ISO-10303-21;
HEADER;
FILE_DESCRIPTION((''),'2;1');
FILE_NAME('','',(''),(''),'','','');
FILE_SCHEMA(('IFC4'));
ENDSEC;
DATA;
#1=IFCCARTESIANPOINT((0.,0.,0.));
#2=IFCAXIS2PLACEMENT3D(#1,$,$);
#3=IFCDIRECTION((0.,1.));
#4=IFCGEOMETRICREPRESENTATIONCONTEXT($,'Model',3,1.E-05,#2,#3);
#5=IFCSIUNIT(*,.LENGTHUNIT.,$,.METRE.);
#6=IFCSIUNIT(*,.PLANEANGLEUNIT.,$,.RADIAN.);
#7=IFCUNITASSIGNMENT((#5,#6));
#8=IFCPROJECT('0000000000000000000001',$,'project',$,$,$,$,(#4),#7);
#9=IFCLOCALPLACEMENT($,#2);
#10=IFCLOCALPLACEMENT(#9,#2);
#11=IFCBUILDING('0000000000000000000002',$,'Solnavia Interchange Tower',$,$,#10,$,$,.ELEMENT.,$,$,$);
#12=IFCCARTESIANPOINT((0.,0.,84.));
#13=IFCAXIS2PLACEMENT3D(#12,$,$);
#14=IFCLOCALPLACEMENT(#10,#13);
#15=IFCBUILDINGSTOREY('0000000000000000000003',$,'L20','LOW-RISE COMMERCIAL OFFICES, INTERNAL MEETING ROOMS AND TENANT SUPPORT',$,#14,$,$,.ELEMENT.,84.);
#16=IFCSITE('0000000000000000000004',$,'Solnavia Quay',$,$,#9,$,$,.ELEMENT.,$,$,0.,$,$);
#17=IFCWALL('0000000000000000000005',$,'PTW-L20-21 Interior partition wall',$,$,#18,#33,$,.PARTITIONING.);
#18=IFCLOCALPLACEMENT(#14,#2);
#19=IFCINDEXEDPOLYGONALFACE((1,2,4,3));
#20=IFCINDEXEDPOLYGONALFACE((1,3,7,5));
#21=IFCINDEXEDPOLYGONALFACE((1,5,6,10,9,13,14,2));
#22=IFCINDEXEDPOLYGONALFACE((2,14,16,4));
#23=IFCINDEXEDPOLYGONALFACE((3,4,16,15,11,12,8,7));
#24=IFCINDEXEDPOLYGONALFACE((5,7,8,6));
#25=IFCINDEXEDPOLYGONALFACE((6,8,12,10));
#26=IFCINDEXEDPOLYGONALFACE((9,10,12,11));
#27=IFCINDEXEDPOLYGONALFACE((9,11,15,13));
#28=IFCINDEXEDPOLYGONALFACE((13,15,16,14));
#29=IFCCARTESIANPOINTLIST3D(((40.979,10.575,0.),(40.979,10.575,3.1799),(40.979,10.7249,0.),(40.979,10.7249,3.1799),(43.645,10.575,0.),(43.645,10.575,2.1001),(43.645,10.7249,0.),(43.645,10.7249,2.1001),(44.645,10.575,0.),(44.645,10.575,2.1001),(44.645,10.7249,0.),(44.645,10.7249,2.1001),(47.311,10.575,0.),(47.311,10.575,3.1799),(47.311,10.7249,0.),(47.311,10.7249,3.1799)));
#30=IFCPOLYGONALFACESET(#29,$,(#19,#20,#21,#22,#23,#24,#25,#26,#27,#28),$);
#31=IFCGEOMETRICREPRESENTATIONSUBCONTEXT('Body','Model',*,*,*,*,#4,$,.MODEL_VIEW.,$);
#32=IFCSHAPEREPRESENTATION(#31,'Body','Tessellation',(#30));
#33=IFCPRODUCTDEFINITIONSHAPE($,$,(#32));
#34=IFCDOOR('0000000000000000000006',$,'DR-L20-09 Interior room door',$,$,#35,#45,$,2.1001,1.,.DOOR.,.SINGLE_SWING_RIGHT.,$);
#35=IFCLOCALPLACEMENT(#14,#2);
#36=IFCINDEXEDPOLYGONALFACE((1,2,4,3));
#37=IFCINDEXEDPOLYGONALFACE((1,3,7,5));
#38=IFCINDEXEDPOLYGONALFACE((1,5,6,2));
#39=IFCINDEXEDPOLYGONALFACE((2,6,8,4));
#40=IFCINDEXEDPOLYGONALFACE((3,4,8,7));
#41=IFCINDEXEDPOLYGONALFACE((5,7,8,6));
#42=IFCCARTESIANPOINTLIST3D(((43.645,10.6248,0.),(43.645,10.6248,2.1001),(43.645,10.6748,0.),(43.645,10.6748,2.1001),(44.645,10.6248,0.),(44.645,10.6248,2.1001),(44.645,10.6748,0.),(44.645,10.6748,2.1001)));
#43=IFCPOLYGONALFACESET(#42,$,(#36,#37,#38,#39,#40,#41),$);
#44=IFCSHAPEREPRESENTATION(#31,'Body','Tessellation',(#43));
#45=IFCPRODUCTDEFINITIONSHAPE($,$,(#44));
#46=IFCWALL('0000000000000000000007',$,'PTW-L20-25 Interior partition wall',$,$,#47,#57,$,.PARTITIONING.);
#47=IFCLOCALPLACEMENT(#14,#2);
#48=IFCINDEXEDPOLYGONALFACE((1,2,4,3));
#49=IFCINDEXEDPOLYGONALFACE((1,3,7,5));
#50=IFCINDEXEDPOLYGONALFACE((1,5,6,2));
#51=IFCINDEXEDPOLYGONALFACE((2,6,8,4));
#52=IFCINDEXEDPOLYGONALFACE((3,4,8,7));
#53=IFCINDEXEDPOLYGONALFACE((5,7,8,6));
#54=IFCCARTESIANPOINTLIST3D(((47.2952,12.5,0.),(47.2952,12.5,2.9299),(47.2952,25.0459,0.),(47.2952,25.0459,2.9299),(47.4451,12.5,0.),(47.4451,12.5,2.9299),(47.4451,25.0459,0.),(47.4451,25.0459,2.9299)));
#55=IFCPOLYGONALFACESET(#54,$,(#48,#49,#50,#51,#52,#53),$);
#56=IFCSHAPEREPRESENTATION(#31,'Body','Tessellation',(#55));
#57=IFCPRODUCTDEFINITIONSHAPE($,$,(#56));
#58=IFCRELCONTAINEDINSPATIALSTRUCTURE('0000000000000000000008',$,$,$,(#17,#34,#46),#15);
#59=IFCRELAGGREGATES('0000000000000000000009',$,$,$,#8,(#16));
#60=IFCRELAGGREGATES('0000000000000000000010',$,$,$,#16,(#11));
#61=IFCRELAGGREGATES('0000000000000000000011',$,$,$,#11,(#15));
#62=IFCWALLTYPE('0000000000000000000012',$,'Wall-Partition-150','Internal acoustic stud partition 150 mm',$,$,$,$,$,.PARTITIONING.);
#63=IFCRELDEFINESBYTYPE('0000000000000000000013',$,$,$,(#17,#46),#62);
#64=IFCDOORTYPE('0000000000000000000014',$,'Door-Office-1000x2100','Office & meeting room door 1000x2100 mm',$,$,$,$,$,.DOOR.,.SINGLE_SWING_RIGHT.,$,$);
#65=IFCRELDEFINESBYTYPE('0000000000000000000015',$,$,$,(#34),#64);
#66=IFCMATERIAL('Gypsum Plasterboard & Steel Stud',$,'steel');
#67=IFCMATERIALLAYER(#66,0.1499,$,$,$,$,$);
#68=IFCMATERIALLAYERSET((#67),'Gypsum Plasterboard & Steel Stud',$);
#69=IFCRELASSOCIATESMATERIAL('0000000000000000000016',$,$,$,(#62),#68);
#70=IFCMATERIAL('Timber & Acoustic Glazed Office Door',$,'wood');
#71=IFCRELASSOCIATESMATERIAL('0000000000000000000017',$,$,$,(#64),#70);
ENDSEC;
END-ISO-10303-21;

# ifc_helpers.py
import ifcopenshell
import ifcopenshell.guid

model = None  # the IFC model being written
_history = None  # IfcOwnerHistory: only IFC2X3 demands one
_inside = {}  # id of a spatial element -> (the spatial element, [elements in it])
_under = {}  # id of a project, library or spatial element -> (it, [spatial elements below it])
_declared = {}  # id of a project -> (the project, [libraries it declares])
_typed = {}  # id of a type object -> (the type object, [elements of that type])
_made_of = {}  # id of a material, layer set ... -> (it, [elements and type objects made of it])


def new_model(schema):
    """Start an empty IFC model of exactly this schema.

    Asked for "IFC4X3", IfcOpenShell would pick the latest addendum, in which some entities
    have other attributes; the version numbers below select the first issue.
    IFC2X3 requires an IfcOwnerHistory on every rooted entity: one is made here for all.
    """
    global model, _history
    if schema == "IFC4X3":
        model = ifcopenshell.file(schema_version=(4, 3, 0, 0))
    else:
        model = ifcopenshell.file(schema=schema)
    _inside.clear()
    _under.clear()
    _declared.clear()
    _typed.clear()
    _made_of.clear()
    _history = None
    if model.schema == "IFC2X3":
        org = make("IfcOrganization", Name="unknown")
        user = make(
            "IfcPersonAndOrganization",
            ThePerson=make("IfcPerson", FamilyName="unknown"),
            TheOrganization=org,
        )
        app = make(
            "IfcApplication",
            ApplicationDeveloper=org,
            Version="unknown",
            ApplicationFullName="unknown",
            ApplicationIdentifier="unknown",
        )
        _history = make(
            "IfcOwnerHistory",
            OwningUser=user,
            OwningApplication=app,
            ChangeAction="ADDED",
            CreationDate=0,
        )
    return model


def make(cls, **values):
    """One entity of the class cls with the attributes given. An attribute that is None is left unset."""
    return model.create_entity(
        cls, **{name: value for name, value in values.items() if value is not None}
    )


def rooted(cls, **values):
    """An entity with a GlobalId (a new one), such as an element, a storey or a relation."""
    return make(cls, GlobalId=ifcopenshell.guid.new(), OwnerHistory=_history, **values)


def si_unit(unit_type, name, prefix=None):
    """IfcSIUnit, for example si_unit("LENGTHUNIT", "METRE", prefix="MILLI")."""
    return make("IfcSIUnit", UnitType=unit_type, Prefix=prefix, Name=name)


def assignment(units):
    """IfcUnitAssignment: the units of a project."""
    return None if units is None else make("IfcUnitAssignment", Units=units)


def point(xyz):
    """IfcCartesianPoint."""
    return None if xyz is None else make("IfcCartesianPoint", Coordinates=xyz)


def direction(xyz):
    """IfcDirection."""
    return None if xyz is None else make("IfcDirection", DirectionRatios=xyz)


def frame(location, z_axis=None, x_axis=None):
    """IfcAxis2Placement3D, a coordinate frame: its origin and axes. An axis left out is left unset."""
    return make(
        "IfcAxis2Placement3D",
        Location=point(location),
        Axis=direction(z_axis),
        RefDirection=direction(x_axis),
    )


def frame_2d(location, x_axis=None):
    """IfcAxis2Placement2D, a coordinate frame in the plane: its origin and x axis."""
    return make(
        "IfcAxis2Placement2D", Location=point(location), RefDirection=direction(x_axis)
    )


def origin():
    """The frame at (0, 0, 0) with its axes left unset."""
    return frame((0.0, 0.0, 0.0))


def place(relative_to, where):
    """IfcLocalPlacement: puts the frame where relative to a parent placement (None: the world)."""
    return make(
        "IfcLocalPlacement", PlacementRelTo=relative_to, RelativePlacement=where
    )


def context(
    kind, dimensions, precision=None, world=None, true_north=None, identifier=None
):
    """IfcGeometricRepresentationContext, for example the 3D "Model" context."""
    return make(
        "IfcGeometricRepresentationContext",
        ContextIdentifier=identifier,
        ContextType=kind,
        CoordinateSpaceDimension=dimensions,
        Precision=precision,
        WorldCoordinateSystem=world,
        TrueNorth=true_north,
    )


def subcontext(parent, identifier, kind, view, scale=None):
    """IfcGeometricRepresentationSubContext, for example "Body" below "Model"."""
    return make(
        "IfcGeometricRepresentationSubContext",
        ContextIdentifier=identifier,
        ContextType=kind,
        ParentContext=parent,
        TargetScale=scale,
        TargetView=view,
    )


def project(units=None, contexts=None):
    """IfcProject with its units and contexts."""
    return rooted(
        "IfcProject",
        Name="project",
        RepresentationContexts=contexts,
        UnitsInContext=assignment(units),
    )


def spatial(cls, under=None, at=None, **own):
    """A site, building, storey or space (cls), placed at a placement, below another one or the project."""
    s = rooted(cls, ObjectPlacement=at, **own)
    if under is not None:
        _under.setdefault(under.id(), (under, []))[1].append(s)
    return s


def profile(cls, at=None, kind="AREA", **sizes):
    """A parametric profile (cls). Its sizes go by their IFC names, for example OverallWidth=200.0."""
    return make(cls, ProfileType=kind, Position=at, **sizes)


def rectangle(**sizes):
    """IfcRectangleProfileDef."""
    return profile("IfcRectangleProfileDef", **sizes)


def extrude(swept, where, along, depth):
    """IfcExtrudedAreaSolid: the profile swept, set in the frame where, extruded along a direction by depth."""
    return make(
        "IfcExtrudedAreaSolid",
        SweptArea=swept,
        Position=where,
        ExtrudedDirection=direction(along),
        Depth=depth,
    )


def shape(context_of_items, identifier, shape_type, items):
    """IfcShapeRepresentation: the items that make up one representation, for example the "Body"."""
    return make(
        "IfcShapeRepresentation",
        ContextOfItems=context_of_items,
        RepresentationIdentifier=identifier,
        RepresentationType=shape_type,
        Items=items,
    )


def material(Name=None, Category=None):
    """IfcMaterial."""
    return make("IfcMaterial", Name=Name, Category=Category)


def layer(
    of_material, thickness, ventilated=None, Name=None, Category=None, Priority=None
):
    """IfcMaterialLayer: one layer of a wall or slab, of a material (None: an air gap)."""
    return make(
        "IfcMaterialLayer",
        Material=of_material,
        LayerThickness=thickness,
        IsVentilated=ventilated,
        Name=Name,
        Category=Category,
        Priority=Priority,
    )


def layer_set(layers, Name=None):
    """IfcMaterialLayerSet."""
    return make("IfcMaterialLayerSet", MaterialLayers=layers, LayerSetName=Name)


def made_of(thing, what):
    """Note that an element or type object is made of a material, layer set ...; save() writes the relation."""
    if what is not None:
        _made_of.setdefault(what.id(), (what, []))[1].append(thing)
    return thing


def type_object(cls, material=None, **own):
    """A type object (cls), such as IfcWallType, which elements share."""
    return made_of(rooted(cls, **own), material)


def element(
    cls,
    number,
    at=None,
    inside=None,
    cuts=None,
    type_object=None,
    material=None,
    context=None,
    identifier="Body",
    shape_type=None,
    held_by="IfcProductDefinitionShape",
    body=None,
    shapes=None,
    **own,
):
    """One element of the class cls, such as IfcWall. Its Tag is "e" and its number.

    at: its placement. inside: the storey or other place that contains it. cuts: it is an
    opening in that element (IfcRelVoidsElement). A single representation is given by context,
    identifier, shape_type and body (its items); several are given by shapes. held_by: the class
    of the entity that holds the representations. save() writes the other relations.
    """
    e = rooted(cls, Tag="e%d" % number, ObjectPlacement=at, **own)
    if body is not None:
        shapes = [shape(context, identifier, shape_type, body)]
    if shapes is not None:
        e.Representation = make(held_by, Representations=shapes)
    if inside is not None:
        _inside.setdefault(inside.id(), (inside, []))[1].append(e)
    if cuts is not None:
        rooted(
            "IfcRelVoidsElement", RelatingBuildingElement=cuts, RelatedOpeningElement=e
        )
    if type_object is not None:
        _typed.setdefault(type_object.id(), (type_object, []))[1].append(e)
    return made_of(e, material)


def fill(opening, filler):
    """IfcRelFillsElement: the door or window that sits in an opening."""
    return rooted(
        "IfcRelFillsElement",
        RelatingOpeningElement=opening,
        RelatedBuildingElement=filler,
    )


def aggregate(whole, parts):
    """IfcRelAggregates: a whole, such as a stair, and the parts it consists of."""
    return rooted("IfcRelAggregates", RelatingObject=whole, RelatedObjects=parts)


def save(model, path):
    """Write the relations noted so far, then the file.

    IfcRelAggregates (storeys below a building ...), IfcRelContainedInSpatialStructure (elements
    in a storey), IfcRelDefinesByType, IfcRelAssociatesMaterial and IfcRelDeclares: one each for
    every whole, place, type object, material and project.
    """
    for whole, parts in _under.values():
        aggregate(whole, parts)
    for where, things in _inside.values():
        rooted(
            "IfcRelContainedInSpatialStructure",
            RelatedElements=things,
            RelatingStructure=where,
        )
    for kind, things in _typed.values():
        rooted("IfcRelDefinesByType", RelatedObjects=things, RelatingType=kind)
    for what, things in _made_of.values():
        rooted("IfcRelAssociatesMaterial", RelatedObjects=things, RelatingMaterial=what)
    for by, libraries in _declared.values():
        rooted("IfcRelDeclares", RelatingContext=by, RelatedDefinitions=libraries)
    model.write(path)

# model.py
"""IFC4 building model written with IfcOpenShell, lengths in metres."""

from ifc_helpers import new_model, si_unit, direction, frame, frame_2d, origin, place, context, subcontext, project, spatial, rectangle, extrude, material, layer, layer_set, type_object, element, fill, save


model = new_model("IFC4")

# Units and contexts
model_context = context("Model", 3, precision=1e-05, world=origin(), true_north=direction((0.0, 1.0)))
body_context = subcontext(model_context, "Body", "Model", "MODEL_VIEW")
ifc_project = project(units=[si_unit("LENGTHUNIT", "METRE"), si_unit("PLANEANGLEUNIT", "RADIAN")], contexts=[model_context])

# Site, building, storey
site_placement = place(None, origin())
site = spatial("IfcSite", under=ifc_project, at=site_placement, Name="Solnavia Quay", CompositionType="ELEMENT", RefElevation=0.0)
building_placement = place(site_placement, origin())
building = spatial("IfcBuilding", under=site, at=building_placement, Name="Solnavia Interchange Tower", CompositionType="ELEMENT")
storey_placement = place(building_placement, frame((0.0, 0.0, 84.0)))
storey = spatial("IfcBuildingStorey", under=building, at=storey_placement, Name="L20", Description="LOW-RISE COMMERCIAL OFFICES, INTERNAL MEETING ROOMS AND TENANT SUPPORT", CompositionType="ELEMENT", Elevation=84.0)

# Shared definitions
ifc_material_1 = material(Name="Gypsum Plasterboard & Steel Stud", Category="steel")
ifc_layer_1 = layer(ifc_material_1, 0.1499)
ifc_layer_set_1 = layer_set([ifc_layer_1], Name="Gypsum Plasterboard & Steel Stud")
wall_type_1 = type_object("IfcWallType", Name="Wall-Partition-150", Description="Internal acoustic stud partition 150 mm", PredefinedType="PARTITIONING", material=ifc_layer_set_1)

# Wall, opening, door
wall_1_placement = place(storey_placement, frame((40.979, 10.6499, 0.0), z_axis=(0.0, 0.0, 1.0), x_axis=(1.0, 0.0, 0.0)))
wall_1 = element("IfcWall", 1, at=wall_1_placement, inside=storey, type_object=wall_type_1, Name="PTW-L20-21 Interior partition wall", PredefinedType="PARTITIONING", context=body_context, shape_type="SweptSolid", body=[
    extrude(rectangle(XDim=6.332, YDim=0.1499, at=frame_2d((3.166, 0.0))), origin(), (0.0, 0.0, 1.0), 3.1799),
])
opening_placement = place(wall_1_placement, frame((2.666, 0.0, 0.0)))
opening = element("IfcOpeningElement", 2, at=opening_placement, cuts=wall_1, PredefinedType="OPENING", context=body_context, shape_type="SweptSolid", body=[
    extrude(rectangle(XDim=1.0, YDim=2.1001, at=frame_2d((0.5, 1.05))), frame((0.0, 0.085, 0.0), z_axis=(0.0, -1.0, 0.0), x_axis=(1.0, 0.0, 0.0)), (0.0, 0.0, 1.0), 0.1699),
])
ifc_material_2 = material(Name="Timber & Acoustic Glazed Office Door", Category="wood")
door_type = type_object("IfcDoorType", Name="Door-Office-1000x2100", Description="Office & meeting room door 1000x2100 mm", OperationType="SINGLE_SWING_RIGHT", PredefinedType="DOOR", material=ifc_material_2)
door_placement = place(opening_placement, origin())
door = element("IfcDoor", 3, at=door_placement, inside=storey, type_object=door_type, Name="DR-L20-09 Interior room door", OperationType="SINGLE_SWING_RIGHT", OverallHeight=2.1001, OverallWidth=1.0, PredefinedType="DOOR", context=body_context, shape_type="SweptSolid", body=[
    extrude(rectangle(XDim=1.0, YDim=2.1001, at=frame_2d((0.5, 1.05))), frame((0.0, 0.0249, 0.0), z_axis=(0.0, -1.0, 0.0), x_axis=(1.0, 0.0, 0.0)), (0.0, 0.0, 1.0), 0.05),
])
fill(opening, door)

# Wall
wall_2_placement = place(storey_placement, frame((47.3701, 12.5, 0.0), z_axis=(0.0, 0.0, 1.0), x_axis=(0.0, 1.0, 0.0)))
element("IfcWall", 4, at=wall_2_placement, inside=storey, type_object=wall_type_1, Name="PTW-L20-25 Interior partition wall", PredefinedType="PARTITIONING", context=body_context, shape_type="SweptSolid", body=[
    extrude(rectangle(XDim=12.5459, YDim=0.1499, at=frame_2d((6.2729, 0.0))), origin(), (0.0, 0.0, 1.0), 2.9299),
])

save(model, "model.ifc")
